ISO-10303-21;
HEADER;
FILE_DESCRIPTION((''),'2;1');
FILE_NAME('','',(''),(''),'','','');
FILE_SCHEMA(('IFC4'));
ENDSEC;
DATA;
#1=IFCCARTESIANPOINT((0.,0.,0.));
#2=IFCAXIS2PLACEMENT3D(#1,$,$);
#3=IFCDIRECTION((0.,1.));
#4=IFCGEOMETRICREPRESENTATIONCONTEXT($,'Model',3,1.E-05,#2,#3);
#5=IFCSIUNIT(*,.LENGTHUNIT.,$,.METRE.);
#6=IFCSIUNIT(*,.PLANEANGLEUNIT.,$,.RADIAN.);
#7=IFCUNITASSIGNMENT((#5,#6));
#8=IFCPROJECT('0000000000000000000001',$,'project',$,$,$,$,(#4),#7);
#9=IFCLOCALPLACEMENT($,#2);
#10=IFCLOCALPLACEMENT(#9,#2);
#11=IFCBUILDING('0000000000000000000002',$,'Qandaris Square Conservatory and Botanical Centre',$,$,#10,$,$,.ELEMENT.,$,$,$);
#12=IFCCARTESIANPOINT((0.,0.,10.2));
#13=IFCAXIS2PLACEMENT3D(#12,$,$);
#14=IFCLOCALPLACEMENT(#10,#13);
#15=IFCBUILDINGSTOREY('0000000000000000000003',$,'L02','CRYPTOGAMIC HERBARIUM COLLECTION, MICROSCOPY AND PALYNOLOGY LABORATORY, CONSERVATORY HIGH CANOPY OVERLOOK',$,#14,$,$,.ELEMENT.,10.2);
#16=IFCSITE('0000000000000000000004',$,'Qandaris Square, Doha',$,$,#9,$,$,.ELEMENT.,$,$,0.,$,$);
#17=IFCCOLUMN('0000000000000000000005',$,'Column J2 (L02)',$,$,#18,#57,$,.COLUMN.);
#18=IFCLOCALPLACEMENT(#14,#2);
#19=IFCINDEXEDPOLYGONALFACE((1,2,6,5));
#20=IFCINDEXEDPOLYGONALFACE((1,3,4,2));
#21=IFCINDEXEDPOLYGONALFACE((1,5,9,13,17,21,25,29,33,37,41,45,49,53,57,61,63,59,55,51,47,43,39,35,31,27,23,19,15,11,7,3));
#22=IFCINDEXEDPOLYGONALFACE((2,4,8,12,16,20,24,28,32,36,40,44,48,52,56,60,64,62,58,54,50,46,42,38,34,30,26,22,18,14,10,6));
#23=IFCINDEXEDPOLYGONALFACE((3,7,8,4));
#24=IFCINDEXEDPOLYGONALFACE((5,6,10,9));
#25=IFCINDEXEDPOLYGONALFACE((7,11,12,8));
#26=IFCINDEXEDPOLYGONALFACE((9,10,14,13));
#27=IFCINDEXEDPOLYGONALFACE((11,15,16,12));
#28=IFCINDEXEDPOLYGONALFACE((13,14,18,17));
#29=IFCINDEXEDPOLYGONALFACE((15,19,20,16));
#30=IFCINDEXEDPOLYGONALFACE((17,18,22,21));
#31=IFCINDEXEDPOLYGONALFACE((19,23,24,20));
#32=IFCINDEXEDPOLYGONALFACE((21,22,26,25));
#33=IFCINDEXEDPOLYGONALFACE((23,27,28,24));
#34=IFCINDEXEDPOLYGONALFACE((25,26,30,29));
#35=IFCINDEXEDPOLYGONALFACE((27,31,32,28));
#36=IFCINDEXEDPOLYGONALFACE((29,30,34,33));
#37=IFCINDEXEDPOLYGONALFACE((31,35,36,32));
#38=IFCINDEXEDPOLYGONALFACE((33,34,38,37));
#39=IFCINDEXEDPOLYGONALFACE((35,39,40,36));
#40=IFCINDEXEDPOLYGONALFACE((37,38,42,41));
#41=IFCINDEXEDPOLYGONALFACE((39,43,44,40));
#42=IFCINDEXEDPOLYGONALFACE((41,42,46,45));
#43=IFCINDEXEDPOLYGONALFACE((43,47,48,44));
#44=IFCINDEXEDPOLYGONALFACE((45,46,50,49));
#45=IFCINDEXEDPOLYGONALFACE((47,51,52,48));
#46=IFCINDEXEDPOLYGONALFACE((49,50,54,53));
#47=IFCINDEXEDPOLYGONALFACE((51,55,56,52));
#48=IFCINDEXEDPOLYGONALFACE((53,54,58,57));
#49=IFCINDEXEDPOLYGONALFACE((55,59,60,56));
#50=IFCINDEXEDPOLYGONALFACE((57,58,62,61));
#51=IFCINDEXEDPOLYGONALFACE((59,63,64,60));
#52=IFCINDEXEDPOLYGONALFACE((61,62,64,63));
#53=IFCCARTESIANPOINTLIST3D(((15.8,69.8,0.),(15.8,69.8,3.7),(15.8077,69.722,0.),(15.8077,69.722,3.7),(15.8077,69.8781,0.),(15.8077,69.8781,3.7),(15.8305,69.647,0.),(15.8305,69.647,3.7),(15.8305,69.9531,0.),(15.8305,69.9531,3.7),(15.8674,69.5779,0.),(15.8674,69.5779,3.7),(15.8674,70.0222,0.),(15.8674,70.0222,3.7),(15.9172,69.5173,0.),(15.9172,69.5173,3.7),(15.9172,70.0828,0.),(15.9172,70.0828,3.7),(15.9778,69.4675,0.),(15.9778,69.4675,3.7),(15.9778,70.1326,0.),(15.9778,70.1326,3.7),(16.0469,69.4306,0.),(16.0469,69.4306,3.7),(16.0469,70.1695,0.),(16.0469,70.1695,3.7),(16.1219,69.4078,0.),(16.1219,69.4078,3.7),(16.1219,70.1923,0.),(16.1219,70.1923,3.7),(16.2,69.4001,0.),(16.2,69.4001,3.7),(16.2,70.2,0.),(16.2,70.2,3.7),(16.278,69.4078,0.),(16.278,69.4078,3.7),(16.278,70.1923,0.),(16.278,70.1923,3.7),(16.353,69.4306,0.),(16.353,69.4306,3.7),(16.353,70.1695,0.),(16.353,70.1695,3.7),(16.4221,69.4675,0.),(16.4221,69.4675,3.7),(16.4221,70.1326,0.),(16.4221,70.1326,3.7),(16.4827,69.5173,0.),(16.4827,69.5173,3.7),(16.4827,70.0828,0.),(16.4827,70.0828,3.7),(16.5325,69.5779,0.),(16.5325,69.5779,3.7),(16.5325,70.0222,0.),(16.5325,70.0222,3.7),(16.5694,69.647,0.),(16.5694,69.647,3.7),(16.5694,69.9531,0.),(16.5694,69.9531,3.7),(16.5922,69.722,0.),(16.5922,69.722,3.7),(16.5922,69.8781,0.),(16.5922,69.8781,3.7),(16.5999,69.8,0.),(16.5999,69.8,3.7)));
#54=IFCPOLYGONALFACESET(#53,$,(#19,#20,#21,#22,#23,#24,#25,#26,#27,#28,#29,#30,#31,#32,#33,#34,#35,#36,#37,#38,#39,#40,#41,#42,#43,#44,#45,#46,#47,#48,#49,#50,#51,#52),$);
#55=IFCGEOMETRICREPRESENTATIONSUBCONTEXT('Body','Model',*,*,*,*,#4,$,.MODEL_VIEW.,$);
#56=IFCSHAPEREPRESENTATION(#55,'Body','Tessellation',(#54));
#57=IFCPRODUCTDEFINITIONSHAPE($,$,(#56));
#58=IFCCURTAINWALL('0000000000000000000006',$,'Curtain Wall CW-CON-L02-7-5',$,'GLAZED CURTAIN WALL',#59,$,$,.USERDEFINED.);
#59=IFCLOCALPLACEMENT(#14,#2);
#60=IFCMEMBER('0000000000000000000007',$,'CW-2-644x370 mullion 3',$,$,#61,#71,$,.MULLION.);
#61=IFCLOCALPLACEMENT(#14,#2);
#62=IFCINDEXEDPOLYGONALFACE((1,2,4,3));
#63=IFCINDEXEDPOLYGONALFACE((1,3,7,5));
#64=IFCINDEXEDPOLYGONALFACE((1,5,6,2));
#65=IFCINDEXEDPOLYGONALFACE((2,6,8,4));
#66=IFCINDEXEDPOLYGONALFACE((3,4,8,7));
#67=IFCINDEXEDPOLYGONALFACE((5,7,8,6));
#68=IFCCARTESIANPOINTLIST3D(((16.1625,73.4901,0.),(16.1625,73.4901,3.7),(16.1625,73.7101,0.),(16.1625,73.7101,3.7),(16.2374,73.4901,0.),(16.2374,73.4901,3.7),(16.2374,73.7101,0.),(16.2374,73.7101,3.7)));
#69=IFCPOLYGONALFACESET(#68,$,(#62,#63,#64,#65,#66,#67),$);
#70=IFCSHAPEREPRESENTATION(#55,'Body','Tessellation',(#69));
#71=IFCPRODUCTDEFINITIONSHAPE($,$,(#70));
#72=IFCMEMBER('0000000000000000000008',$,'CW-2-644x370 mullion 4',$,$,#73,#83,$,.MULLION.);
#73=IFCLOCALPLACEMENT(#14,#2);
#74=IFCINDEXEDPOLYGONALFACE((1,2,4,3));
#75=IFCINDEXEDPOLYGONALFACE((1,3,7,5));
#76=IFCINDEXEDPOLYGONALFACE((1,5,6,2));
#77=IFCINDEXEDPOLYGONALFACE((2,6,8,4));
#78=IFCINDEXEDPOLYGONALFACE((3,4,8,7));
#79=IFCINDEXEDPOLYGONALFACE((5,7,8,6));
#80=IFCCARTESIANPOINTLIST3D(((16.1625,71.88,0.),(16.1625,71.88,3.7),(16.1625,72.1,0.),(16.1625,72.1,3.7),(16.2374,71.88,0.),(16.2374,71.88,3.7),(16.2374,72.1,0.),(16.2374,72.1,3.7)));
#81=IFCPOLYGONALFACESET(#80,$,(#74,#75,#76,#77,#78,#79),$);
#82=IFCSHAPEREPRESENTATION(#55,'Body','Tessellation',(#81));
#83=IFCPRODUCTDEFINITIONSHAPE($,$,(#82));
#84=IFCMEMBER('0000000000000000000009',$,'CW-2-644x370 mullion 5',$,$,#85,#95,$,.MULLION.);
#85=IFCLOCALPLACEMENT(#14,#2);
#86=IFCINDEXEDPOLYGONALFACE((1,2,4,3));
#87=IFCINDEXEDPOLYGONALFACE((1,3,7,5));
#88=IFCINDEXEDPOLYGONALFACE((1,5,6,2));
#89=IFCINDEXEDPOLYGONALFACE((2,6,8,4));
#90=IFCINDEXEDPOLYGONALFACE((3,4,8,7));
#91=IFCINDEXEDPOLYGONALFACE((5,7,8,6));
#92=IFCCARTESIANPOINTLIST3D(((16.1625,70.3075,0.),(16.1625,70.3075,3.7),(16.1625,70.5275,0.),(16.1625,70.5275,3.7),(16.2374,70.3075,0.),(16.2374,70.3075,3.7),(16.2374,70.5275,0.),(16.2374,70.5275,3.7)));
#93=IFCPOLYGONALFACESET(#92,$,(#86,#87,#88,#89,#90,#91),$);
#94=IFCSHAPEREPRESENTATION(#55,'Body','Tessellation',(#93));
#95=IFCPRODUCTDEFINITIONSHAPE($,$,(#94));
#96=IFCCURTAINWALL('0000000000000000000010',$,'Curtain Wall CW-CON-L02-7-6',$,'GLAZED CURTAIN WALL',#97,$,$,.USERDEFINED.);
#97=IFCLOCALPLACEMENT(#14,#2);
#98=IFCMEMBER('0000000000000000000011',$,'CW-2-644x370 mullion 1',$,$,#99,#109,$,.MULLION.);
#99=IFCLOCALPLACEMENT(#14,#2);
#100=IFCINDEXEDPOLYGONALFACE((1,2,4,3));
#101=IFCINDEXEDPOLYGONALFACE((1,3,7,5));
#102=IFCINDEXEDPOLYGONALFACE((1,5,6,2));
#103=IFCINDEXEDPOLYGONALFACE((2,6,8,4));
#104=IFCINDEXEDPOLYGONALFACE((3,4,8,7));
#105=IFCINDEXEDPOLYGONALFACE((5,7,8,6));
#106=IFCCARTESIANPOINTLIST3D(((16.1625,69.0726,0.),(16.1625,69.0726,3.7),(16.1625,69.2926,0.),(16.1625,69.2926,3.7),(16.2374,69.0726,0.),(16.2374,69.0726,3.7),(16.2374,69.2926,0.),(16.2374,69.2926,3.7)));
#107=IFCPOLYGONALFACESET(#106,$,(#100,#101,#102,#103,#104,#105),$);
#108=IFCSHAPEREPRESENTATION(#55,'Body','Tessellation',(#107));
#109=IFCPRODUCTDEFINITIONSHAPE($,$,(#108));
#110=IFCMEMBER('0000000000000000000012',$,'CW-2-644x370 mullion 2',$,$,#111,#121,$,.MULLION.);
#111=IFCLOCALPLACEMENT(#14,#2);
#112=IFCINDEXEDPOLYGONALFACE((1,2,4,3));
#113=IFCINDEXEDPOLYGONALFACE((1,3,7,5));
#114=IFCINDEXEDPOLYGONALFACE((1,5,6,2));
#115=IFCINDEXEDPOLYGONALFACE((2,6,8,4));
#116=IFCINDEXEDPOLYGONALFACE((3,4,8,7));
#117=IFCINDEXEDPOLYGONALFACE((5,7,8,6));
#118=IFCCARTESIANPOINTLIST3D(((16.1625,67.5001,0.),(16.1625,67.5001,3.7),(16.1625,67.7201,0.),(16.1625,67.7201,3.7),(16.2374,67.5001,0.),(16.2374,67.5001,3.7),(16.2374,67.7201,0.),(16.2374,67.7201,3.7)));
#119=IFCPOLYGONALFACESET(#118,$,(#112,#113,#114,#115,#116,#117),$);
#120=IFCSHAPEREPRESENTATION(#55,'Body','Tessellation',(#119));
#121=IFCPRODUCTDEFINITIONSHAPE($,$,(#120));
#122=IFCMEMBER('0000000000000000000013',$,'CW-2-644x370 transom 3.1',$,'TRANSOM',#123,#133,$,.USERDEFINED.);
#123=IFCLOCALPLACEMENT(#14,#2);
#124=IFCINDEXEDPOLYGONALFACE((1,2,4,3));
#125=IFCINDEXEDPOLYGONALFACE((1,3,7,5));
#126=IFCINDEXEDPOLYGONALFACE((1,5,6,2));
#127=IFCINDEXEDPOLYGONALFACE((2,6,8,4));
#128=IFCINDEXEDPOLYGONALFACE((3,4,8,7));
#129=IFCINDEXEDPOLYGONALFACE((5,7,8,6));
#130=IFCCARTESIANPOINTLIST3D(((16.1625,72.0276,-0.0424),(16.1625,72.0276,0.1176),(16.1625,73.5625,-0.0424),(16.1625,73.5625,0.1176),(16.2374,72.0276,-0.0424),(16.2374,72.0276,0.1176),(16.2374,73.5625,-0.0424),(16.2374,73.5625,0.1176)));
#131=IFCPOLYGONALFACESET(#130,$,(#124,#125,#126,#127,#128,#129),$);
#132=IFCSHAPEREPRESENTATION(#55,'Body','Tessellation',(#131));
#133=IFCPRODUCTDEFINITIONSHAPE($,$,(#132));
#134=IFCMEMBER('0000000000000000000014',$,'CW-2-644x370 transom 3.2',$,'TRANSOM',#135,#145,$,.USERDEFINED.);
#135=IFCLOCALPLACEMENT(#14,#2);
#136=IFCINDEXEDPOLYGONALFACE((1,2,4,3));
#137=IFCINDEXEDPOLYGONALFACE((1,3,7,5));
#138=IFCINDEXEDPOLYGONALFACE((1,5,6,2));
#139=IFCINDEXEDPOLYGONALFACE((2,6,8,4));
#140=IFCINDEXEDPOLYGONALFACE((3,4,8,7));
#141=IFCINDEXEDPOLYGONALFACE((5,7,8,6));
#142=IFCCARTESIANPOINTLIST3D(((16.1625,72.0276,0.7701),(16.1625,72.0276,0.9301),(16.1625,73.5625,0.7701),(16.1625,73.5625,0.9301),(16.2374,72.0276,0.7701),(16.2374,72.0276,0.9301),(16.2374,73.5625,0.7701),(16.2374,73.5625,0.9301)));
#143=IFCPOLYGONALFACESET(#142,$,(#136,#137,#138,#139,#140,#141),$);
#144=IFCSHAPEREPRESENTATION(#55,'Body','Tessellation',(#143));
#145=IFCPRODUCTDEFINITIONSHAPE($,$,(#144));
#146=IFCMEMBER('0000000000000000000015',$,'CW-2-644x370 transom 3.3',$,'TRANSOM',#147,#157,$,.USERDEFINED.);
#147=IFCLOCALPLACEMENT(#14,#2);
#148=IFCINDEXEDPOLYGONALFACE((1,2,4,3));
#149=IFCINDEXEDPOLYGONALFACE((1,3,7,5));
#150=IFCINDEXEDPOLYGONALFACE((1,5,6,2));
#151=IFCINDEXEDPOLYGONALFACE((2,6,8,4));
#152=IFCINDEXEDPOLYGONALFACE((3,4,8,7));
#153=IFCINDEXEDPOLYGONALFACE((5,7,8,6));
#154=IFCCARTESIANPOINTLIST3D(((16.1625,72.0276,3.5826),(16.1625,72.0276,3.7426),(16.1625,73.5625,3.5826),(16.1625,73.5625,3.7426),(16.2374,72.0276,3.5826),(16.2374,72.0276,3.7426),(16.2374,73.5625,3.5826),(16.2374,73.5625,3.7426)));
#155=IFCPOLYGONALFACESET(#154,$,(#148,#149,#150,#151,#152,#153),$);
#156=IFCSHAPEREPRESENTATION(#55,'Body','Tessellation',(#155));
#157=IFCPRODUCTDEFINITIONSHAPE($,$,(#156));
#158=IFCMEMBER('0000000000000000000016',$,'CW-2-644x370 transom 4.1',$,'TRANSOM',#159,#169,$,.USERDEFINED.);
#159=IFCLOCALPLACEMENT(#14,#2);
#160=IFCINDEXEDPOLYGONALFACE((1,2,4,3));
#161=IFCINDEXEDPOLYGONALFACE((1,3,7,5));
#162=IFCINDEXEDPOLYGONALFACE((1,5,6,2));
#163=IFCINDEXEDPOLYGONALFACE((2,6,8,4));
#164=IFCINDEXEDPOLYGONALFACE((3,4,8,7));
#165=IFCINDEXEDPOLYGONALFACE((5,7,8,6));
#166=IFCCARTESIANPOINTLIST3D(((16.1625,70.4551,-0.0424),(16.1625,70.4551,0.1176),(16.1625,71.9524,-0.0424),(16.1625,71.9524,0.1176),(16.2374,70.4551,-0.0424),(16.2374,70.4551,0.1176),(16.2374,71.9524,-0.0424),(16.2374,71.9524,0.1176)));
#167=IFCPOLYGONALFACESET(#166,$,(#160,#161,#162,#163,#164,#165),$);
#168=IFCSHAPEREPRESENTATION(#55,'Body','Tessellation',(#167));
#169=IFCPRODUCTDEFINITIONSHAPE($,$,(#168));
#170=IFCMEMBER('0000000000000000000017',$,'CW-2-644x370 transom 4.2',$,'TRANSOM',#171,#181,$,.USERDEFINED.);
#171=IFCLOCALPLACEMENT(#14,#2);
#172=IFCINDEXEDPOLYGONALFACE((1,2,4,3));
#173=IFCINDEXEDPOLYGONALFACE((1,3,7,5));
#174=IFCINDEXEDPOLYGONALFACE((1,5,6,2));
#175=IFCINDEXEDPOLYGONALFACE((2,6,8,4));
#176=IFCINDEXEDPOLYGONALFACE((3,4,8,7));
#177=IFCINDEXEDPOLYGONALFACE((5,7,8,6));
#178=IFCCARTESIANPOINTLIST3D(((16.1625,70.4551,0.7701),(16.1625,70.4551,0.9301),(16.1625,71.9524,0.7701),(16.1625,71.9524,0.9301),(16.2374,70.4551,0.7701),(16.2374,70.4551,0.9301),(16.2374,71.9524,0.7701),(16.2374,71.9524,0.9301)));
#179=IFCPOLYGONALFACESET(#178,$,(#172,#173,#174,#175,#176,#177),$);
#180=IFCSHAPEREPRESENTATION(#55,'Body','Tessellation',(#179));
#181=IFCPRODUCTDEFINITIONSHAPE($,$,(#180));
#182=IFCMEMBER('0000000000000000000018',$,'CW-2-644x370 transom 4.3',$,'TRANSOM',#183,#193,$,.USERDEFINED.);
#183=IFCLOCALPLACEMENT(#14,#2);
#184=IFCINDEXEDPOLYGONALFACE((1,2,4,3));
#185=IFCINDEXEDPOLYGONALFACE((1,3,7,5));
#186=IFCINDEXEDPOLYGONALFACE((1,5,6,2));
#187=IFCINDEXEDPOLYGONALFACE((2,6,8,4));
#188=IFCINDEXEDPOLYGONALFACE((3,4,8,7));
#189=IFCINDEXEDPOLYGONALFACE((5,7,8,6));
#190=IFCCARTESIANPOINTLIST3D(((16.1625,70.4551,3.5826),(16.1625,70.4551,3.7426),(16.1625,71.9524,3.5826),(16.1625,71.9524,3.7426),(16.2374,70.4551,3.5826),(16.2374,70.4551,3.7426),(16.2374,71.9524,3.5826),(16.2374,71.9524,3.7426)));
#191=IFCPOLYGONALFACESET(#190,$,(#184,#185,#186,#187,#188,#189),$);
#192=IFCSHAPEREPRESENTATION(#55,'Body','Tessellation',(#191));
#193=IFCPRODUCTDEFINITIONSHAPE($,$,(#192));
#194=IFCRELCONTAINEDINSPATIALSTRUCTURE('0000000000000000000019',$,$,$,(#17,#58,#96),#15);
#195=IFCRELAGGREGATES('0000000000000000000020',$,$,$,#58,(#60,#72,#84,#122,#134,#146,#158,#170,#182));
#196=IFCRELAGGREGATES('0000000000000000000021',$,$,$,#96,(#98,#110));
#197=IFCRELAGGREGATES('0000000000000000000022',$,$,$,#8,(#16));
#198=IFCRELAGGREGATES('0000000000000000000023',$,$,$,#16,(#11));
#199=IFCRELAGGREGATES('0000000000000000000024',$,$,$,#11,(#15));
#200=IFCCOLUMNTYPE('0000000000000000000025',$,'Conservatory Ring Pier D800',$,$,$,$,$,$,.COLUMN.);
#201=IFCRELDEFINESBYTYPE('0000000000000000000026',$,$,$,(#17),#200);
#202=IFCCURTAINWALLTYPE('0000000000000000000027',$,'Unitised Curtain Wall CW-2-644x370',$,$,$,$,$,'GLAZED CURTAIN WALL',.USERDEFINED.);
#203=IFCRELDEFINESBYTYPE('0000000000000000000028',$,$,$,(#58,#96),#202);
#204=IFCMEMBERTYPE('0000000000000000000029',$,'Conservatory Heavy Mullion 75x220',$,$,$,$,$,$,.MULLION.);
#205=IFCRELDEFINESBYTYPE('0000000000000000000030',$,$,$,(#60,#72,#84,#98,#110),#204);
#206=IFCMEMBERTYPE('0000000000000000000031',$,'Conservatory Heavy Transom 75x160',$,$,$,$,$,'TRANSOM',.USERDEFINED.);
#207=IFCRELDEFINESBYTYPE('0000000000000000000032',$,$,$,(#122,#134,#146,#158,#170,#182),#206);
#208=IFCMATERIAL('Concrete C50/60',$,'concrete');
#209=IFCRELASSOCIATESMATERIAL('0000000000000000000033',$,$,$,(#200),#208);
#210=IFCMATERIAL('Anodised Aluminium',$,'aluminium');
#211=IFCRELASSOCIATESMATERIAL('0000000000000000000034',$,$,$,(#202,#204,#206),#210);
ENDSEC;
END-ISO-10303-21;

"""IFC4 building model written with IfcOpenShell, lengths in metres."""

from ifc_helpers import new_model, si_unit, direction, frame, origin, origin_2d, place, context, subcontext, project, spatial, rectangle, circle, extrude, material, material_profile, profile_set, type_object, element, aggregate, save


model = new_model("IFC4")

# Units and contexts
model_context = context("Model", 3, precision=1e-05, world=origin(), true_north=direction((0.0, 1.0)))
body_context = subcontext(model_context, "Body", "Model", "MODEL_VIEW")
ifc_project = project(units=[si_unit("LENGTHUNIT", "METRE"), si_unit("PLANEANGLEUNIT", "RADIAN")], contexts=[model_context])

# Site, building, storey
site_placement = place(None, origin())
site = spatial("IfcSite", under=ifc_project, at=site_placement, Name="Qandaris Square, Doha", CompositionType="ELEMENT", RefElevation=0.0)
building_placement = place(site_placement, origin())
building = spatial("IfcBuilding", under=site, at=building_placement, Name="Qandaris Square Conservatory and Botanical Centre", CompositionType="ELEMENT")
storey_placement = place(building_placement, frame((0.0, 0.0, 10.2)))
storey = spatial("IfcBuildingStorey", under=building, at=storey_placement, Name="L02", Description="CRYPTOGAMIC HERBARIUM COLLECTION, MICROSCOPY AND PALYNOLOGY LABORATORY, CONSERVATORY HIGH CANOPY OVERLOOK", CompositionType="ELEMENT", Elevation=10.2)

# Column
ifc_material_1 = material(Name="Concrete C50/60", Category="concrete")
ifc_material_profile_1 = material_profile(ifc_material_1, circle(Radius=0.3999, at=origin_2d()), Name="RC-COL D800")
ifc_profile_set_1 = profile_set([ifc_material_profile_1], Name="Concrete C50/60")
column_type = type_object("IfcColumnType", Name="Conservatory Ring Pier D800", PredefinedType="COLUMN", material=ifc_profile_set_1)
column_placement = place(storey_placement, frame((16.2, 69.8, 0.0), z_axis=(0.0, 0.0, 1.0), x_axis=(1.0, 0.0, 0.0)))
element("IfcColumn", 1, at=column_placement, inside=storey, type_object=column_type, Name="Column J2 (L02)", PredefinedType="COLUMN", context=body_context, shape_type="SweptSolid", body=[
    extrude(circle(Radius=0.3999, at=origin_2d()), origin(), (0.0, 0.0, 1.0), 3.7),
])

# Curtain walls, members
ifc_material_2 = material(Name="Anodised Aluminium", Category="aluminium")
curtain_wall_type = type_object("IfcCurtainWallType", Name="Unitised Curtain Wall CW-2-644x370", ElementType="GLAZED CURTAIN WALL", PredefinedType="USERDEFINED", material=ifc_material_2)
curtain_wall_1_placement = place(storey_placement, origin())
curtain_wall_1 = element("IfcCurtainWall", 2, at=curtain_wall_1_placement, inside=storey, type_object=curtain_wall_type, Name="Curtain Wall CW-CON-L02-7-5", ObjectType="GLAZED CURTAIN WALL", PredefinedType="USERDEFINED")
ifc_material_profile_2 = material_profile(ifc_material_2, rectangle(XDim=0.075, YDim=0.22, at=origin_2d()), Name="ALU-MUL 75x220")
ifc_profile_set_2 = profile_set([ifc_material_profile_2], Name="Anodised Aluminium")
member_type_1 = type_object("IfcMemberType", Name="Conservatory Heavy Mullion 75x220", PredefinedType="MULLION", material=ifc_profile_set_2)
member_1_placement = place(storey_placement, frame((16.2, 73.6001, 0.0), z_axis=(0.0, 0.0, 1.0), x_axis=(1.0, 0.0, 0.0)))
member_1 = element("IfcMember", 3, at=member_1_placement, type_object=member_type_1, Name="CW-2-644x370 mullion 3", PredefinedType="MULLION", context=body_context, shape_type="SweptSolid", body=[
    extrude(rectangle(XDim=0.075, YDim=0.22, at=origin_2d()), origin(), (0.0, 0.0, 1.0), 3.7),
])
member_2_placement = place(storey_placement, frame((16.2, 71.99, 0.0), z_axis=(0.0, 0.0, 1.0), x_axis=(1.0, 0.0, 0.0)))
member_2 = element("IfcMember", 4, at=member_2_placement, type_object=member_type_1, Name="CW-2-644x370 mullion 4", PredefinedType="MULLION", context=body_context, shape_type="SweptSolid", body=[
    extrude(rectangle(XDim=0.075, YDim=0.22, at=origin_2d()), origin(), (0.0, 0.0, 1.0), 3.7),
])
member_3_placement = place(storey_placement, frame((16.2, 70.4175, 0.0), z_axis=(0.0, 0.0, 1.0), x_axis=(1.0, 0.0, 0.0)))
member_3 = element("IfcMember", 5, at=member_3_placement, type_object=member_type_1, Name="CW-2-644x370 mullion 5", PredefinedType="MULLION", context=body_context, shape_type="SweptSolid", body=[
    extrude(rectangle(XDim=0.075, YDim=0.22, at=origin_2d()), origin(), (0.0, 0.0, 1.0), 3.7),
])
curtain_wall_2_placement = place(storey_placement, origin())
curtain_wall_2 = element("IfcCurtainWall", 6, at=curtain_wall_2_placement, inside=storey, type_object=curtain_wall_type, Name="Curtain Wall CW-CON-L02-7-6", ObjectType="GLAZED CURTAIN WALL", PredefinedType="USERDEFINED")
member_4_placement = place(storey_placement, frame((16.2, 69.1826, 0.0), z_axis=(0.0, 0.0, 1.0), x_axis=(1.0, 0.0, 0.0)))
member_4 = element("IfcMember", 7, at=member_4_placement, type_object=member_type_1, Name="CW-2-644x370 mullion 1", PredefinedType="MULLION", context=body_context, shape_type="SweptSolid", body=[
    extrude(rectangle(XDim=0.075, YDim=0.22, at=origin_2d()), origin(), (0.0, 0.0, 1.0), 3.7),
])
member_5_placement = place(storey_placement, frame((16.2, 67.6101, 0.0), z_axis=(0.0, 0.0, 1.0), x_axis=(1.0, 0.0, 0.0)))
member_5 = element("IfcMember", 8, at=member_5_placement, type_object=member_type_1, Name="CW-2-644x370 mullion 2", PredefinedType="MULLION", context=body_context, shape_type="SweptSolid", body=[
    extrude(rectangle(XDim=0.075, YDim=0.22, at=origin_2d()), origin(), (0.0, 0.0, 1.0), 3.7),
])

# Members
ifc_material_profile_3 = material_profile(ifc_material_2, rectangle(XDim=0.075, YDim=0.1599, at=origin_2d()), Name="ALU-TRN 75x160")
ifc_profile_set_3 = profile_set([ifc_material_profile_3], Name="Anodised Aluminium")
member_type_2 = type_object("IfcMemberType", Name="Conservatory Heavy Transom 75x160", ElementType="TRANSOM", PredefinedType="USERDEFINED", material=ifc_profile_set_3)
member_6_placement = place(storey_placement, frame((16.2, 73.5625, 0.0376), z_axis=(0.0, -1.0, 0.0), x_axis=(1.0, 0.0, 0.0)))
member_6 = element("IfcMember", 9, at=member_6_placement, type_object=member_type_2, Name="CW-2-644x370 transom 3.1", ObjectType="TRANSOM", PredefinedType="USERDEFINED", context=body_context, shape_type="SweptSolid", body=[
    extrude(rectangle(XDim=0.075, YDim=0.1599, at=origin_2d()), origin(), (0.0, 0.0, 1.0), 1.5349),
])
member_7_placement = place(storey_placement, frame((16.2, 73.5625, 0.8501), z_axis=(0.0, -1.0, 0.0), x_axis=(1.0, 0.0, 0.0)))
member_7 = element("IfcMember", 10, at=member_7_placement, type_object=member_type_2, Name="CW-2-644x370 transom 3.2", ObjectType="TRANSOM", PredefinedType="USERDEFINED", context=body_context, shape_type="SweptSolid", body=[
    extrude(rectangle(XDim=0.075, YDim=0.1599, at=origin_2d()), origin(), (0.0, 0.0, 1.0), 1.5349),
])
member_8_placement = place(storey_placement, frame((16.2, 73.5625, 3.6626), z_axis=(0.0, -1.0, 0.0), x_axis=(1.0, 0.0, 0.0)))
member_8 = element("IfcMember", 11, at=member_8_placement, type_object=member_type_2, Name="CW-2-644x370 transom 3.3", ObjectType="TRANSOM", PredefinedType="USERDEFINED", context=body_context, shape_type="SweptSolid", body=[
    extrude(rectangle(XDim=0.075, YDim=0.1599, at=origin_2d()), origin(), (0.0, 0.0, 1.0), 1.5349),
])
member_9_placement = place(storey_placement, frame((16.2, 71.9524, 0.0376), z_axis=(0.0, -1.0, 0.0), x_axis=(1.0, 0.0, 0.0)))
member_9 = element("IfcMember", 12, at=member_9_placement, type_object=member_type_2, Name="CW-2-644x370 transom 4.1", ObjectType="TRANSOM", PredefinedType="USERDEFINED", context=body_context, shape_type="SweptSolid", body=[
    extrude(rectangle(XDim=0.075, YDim=0.1599, at=origin_2d()), origin(), (0.0, 0.0, 1.0), 1.4973),
])
member_10_placement = place(storey_placement, frame((16.2, 71.9524, 0.8501), z_axis=(0.0, -1.0, 0.0), x_axis=(1.0, 0.0, 0.0)))
member_10 = element("IfcMember", 13, at=member_10_placement, type_object=member_type_2, Name="CW-2-644x370 transom 4.2", ObjectType="TRANSOM", PredefinedType="USERDEFINED", context=body_context, shape_type="SweptSolid", body=[
    extrude(rectangle(XDim=0.075, YDim=0.1599, at=origin_2d()), origin(), (0.0, 0.0, 1.0), 1.4973),
])
member_11_placement = place(storey_placement, frame((16.2, 71.9524, 3.6626), z_axis=(0.0, -1.0, 0.0), x_axis=(1.0, 0.0, 0.0)))
member_11 = element("IfcMember", 14, at=member_11_placement, type_object=member_type_2, Name="CW-2-644x370 transom 4.3", ObjectType="TRANSOM", PredefinedType="USERDEFINED", context=body_context, shape_type="SweptSolid", body=[
    extrude(rectangle(XDim=0.075, YDim=0.1599, at=origin_2d()), origin(), (0.0, 0.0, 1.0), 1.4973),
])

aggregate(curtain_wall_1, [member_1, member_2, member_3, member_6, member_7, member_8, member_9, member_10, member_11])
aggregate(curtain_wall_2, [member_4, member_5])

save(model, "model.ifc")
